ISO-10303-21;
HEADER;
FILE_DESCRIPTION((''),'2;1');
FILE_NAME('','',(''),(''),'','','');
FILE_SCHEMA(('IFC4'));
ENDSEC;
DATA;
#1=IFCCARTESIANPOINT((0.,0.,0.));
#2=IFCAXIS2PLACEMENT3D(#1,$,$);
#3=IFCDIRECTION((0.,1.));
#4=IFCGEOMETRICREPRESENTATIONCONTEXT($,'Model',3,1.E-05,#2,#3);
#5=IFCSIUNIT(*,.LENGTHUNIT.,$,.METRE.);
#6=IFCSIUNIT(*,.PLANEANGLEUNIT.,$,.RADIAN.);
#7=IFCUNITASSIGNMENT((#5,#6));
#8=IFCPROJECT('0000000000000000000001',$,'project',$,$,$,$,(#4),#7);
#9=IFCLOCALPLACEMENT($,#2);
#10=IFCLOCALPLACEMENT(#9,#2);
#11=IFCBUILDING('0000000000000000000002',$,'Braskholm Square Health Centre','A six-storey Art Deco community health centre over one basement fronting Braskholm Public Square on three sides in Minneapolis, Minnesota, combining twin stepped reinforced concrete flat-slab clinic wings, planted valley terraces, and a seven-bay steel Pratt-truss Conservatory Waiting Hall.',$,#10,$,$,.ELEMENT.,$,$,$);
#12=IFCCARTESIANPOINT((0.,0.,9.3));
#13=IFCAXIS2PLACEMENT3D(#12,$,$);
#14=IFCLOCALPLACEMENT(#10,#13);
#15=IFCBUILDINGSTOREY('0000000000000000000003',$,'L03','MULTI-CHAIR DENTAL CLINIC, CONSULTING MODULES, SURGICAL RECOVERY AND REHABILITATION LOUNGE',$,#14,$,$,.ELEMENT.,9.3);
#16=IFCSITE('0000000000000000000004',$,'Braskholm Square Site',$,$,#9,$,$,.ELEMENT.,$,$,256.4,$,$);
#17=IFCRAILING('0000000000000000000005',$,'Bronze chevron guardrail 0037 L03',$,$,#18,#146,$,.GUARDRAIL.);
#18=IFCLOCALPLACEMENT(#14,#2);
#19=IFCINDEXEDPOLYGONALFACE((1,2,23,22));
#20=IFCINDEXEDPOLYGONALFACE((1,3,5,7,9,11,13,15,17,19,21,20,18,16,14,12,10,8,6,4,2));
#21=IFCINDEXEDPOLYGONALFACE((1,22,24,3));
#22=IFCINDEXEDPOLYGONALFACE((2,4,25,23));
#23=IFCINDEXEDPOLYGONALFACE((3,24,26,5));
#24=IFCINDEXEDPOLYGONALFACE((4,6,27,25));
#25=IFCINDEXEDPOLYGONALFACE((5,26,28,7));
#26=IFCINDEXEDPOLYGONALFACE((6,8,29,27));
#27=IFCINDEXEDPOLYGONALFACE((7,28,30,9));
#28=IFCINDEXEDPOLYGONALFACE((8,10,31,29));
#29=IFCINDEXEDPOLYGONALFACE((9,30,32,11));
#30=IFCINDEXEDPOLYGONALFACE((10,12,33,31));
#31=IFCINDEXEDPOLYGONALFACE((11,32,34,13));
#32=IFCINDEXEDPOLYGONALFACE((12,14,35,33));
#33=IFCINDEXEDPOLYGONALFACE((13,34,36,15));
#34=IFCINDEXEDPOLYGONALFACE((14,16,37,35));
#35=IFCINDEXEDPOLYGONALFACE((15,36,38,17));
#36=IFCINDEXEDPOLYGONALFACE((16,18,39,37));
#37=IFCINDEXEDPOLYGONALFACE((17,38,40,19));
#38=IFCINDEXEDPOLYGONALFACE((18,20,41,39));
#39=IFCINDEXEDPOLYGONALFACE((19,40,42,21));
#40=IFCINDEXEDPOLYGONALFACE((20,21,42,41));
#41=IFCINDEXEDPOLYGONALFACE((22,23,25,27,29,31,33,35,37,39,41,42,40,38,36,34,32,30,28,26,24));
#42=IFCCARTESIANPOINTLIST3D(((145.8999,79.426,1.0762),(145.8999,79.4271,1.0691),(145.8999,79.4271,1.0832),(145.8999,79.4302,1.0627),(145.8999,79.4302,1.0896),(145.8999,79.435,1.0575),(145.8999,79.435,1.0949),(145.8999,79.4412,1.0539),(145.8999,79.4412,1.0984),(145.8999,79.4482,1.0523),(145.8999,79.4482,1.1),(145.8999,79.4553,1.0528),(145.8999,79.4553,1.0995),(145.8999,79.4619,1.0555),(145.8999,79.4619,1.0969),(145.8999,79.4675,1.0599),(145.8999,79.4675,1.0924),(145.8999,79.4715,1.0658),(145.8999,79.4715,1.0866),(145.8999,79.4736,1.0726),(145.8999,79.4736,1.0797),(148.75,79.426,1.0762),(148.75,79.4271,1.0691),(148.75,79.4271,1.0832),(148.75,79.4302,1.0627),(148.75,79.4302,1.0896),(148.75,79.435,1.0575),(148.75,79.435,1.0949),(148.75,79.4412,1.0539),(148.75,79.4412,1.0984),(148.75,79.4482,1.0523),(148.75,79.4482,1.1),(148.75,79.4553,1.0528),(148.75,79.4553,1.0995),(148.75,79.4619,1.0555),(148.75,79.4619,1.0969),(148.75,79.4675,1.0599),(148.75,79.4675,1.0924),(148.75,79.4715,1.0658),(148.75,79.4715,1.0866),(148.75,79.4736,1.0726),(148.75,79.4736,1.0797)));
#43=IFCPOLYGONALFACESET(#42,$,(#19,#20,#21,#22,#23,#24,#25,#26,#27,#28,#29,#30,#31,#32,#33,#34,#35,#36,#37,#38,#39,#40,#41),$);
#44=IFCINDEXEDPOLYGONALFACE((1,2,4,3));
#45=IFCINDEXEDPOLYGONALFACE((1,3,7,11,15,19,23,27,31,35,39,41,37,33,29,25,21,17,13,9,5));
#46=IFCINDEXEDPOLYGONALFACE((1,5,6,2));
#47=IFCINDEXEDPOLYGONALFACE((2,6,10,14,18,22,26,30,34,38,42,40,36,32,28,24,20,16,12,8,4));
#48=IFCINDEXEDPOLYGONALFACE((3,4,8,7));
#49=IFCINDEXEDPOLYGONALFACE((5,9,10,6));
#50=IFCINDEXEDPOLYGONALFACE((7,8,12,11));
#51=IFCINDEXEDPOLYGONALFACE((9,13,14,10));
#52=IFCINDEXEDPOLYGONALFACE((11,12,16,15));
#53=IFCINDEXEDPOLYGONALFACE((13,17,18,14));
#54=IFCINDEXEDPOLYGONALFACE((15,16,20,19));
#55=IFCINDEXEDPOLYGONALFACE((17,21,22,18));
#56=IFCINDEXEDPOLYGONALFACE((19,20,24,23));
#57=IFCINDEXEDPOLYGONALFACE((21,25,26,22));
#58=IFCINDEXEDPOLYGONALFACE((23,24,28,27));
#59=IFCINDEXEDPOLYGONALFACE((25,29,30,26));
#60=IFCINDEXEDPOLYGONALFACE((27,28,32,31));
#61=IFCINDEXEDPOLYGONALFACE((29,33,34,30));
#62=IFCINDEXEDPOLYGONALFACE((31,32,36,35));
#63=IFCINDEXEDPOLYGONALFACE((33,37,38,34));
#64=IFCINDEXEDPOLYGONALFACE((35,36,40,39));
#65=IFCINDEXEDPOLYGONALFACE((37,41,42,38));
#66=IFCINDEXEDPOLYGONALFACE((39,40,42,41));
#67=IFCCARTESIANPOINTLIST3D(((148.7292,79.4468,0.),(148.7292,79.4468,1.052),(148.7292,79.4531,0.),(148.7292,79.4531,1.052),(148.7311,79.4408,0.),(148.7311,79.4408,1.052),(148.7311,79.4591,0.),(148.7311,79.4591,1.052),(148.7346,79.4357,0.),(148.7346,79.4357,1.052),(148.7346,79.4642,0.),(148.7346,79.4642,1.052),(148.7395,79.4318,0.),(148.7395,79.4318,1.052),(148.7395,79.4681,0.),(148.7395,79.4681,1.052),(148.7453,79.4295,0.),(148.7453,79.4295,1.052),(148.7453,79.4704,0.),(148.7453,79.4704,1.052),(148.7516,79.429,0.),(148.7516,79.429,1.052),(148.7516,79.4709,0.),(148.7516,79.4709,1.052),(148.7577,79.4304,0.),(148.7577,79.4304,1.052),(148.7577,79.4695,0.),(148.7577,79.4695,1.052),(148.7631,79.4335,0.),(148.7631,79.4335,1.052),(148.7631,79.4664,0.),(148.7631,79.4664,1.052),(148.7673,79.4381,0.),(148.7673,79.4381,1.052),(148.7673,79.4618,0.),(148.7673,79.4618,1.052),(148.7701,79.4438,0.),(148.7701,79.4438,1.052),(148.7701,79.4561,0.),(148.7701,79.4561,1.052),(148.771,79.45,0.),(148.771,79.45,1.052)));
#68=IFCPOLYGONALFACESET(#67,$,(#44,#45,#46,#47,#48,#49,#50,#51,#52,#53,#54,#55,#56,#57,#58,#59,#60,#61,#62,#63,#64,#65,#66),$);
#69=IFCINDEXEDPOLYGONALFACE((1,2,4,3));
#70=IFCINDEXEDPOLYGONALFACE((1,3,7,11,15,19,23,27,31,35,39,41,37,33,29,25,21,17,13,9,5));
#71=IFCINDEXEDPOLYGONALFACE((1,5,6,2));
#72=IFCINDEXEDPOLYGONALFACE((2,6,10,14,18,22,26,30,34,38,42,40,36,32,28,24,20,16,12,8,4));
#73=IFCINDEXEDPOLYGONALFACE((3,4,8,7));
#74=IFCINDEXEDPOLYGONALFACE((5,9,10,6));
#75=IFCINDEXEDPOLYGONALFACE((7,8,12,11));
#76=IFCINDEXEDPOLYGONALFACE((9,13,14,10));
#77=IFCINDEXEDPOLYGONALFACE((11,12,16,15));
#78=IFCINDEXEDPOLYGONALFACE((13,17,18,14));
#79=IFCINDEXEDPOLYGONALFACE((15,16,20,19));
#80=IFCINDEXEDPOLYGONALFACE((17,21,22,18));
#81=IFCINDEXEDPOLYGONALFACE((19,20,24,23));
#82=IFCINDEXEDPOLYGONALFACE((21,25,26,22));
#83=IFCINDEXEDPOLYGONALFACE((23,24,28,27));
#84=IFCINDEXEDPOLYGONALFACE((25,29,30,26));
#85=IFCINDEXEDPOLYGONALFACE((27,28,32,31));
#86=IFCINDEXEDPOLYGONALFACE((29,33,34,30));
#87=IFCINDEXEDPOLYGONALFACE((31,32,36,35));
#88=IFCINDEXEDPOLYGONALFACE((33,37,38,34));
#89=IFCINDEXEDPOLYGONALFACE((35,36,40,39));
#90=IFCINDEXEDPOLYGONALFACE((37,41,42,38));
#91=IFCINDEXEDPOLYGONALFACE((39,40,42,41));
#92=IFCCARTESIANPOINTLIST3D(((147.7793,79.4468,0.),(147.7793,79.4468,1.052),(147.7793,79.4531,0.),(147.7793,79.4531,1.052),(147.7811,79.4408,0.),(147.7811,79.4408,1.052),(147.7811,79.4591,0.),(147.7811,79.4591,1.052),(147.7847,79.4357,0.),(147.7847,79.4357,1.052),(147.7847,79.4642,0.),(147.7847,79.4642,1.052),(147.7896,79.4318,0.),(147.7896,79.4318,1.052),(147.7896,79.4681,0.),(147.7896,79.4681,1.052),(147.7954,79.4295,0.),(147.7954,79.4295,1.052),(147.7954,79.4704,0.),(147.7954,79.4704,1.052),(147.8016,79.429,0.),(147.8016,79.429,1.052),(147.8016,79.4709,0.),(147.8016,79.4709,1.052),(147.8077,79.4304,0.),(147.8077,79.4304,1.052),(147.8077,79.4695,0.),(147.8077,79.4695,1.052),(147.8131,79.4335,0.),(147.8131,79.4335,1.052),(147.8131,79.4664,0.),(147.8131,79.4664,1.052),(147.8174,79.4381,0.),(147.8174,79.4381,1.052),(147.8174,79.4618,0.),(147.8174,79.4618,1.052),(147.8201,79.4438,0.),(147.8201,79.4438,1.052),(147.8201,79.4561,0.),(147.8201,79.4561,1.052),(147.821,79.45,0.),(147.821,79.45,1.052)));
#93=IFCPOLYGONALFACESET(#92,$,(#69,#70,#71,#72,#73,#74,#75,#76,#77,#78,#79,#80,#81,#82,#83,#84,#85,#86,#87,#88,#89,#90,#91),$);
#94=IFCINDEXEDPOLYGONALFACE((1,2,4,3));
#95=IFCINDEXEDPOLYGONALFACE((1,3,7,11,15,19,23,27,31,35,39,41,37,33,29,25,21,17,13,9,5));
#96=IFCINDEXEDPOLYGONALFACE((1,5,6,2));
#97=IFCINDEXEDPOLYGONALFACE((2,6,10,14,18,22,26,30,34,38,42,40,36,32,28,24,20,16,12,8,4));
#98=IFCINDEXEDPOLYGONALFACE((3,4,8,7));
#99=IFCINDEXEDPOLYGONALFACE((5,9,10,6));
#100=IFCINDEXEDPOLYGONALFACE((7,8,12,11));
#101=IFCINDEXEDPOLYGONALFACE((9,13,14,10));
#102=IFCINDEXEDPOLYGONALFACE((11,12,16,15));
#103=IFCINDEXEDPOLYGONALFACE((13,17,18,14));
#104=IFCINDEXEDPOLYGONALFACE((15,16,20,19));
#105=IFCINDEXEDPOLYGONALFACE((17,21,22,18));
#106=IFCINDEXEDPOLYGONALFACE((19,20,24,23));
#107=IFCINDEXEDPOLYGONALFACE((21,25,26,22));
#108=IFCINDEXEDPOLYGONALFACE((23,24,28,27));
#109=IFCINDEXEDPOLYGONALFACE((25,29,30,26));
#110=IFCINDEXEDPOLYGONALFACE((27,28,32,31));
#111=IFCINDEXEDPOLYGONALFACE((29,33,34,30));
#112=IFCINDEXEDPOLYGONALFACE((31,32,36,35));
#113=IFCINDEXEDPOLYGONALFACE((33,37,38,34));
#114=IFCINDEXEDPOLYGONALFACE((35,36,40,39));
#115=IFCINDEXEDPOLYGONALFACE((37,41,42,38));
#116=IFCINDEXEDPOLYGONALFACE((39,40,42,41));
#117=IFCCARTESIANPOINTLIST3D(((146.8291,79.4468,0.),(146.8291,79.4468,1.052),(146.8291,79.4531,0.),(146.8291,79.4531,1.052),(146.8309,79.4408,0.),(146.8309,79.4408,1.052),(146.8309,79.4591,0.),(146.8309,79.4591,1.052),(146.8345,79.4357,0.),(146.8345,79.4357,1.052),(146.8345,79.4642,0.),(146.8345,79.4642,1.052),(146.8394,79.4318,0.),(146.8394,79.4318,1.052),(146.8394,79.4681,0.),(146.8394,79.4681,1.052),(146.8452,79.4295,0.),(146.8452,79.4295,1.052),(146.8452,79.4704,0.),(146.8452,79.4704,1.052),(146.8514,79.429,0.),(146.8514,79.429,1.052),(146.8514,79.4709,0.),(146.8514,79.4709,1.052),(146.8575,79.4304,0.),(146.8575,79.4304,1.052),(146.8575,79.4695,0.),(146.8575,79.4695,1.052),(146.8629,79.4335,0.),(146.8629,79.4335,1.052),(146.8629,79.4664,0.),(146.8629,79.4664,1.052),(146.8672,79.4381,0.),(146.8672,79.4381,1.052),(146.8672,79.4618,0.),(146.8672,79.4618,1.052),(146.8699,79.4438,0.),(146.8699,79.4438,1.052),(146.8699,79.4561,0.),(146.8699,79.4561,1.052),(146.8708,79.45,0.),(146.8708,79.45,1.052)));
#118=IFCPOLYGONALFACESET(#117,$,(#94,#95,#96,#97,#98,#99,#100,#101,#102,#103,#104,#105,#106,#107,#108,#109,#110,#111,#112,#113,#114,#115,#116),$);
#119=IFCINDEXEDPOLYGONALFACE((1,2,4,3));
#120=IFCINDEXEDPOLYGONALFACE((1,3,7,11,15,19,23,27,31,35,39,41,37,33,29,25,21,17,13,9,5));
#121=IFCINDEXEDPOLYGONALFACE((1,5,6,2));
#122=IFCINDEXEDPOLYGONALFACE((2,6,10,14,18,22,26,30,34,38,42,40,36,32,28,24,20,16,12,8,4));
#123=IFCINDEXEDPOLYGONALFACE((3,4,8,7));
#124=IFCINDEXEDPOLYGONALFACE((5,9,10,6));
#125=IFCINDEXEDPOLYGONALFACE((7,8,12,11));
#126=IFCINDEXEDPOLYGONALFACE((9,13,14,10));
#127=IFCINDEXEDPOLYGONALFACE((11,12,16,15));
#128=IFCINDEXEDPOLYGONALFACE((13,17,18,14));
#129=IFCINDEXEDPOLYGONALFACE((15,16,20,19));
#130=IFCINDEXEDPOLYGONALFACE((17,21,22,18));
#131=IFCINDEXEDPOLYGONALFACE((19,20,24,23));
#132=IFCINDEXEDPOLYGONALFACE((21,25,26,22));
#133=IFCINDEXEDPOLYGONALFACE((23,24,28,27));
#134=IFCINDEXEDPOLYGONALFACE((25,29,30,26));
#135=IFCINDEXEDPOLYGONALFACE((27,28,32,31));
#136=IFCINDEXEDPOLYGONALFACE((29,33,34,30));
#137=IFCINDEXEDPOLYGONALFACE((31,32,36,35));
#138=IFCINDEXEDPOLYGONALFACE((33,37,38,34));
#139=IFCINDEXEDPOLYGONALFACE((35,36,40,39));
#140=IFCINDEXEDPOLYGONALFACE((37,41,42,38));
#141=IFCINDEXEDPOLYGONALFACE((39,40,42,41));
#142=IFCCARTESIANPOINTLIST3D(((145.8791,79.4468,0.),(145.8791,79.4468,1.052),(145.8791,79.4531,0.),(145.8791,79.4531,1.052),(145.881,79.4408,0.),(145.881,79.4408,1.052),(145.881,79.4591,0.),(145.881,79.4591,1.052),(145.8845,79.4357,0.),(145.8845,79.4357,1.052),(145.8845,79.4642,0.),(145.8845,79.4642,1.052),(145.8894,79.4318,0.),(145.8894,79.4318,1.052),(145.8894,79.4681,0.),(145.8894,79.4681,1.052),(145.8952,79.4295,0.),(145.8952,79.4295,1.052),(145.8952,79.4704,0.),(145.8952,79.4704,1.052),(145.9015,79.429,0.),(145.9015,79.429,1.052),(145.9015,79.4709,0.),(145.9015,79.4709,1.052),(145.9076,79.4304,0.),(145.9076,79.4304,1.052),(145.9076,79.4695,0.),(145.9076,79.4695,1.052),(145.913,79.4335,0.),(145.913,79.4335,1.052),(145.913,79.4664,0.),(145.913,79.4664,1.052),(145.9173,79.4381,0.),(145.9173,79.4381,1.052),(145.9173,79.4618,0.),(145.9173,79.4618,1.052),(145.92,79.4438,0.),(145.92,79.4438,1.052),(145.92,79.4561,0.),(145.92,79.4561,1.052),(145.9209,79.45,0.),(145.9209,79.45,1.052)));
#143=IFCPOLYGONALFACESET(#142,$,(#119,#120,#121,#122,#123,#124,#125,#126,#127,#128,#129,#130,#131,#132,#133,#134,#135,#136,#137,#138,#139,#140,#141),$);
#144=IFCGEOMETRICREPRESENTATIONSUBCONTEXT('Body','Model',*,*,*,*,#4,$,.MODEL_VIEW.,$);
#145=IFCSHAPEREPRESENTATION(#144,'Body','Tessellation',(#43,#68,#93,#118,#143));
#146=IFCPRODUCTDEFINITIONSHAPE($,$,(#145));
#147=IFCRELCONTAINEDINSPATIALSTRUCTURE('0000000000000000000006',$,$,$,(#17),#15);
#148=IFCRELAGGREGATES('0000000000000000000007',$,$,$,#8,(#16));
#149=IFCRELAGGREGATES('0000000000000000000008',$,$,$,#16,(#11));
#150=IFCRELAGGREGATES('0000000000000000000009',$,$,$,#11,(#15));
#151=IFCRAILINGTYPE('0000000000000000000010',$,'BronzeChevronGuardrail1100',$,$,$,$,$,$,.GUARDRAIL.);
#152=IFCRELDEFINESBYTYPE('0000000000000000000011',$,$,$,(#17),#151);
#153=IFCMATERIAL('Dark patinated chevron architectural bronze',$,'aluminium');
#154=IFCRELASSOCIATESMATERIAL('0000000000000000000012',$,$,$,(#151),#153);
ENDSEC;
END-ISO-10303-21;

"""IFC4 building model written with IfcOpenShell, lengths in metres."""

from ifc_helpers import new_model, si_unit, direction, frame, origin, origin_2d, place, context, subcontext, project, spatial, circle, extrude, material, type_object, element, save


model = new_model("IFC4")

# Units and contexts
model_context = context("Model", 3, precision=1e-05, world=origin(), true_north=direction((0.0, 1.0)))
body_context = subcontext(model_context, "Body", "Model", "MODEL_VIEW")
ifc_project = project(units=[si_unit("LENGTHUNIT", "METRE"), si_unit("PLANEANGLEUNIT", "RADIAN")], contexts=[model_context])

# Site, building, storey
site_placement = place(None, origin())
site = spatial("IfcSite", under=ifc_project, at=site_placement, Name="Braskholm Square Site", CompositionType="ELEMENT", RefElevation=256.4)
building_placement = place(site_placement, origin())
building = spatial("IfcBuilding", under=site, at=building_placement, Name="Braskholm Square Health Centre", Description="A six-storey Art Deco community health centre over one basement fronting Braskholm Public Square on three sides in Minneapolis, Minnesota, combining twin stepped reinforced concrete flat-slab clinic wings, planted valley terraces, and a seven-bay steel Pratt-truss Conservatory Waiting Hall.", CompositionType="ELEMENT")
storey_placement = place(building_placement, frame((0.0, 0.0, 9.3)))
storey = spatial("IfcBuildingStorey", under=building, at=storey_placement, Name="L03", Description="MULTI-CHAIR DENTAL CLINIC, CONSULTING MODULES, SURGICAL RECOVERY AND REHABILITATION LOUNGE", CompositionType="ELEMENT", Elevation=9.3)

# Railing
ifc_material_1 = material(Name="Dark patinated chevron architectural bronze", Category="aluminium")
railing_type = type_object("IfcRailingType", Name="BronzeChevronGuardrail1100", PredefinedType="GUARDRAIL", material=ifc_material_1)
railing_1_placement = place(storey_placement, frame((148.75, 79.45, 0.0)))
element("IfcRailing", 1, at=railing_1_placement, inside=storey, type_object=railing_type, Name="Bronze chevron guardrail 0037 L03", PredefinedType="GUARDRAIL", context=body_context, shape_type="SweptSolid", body=[
    extrude(circle(Radius=0.0239, at=origin_2d()), frame((0.0, 0.0, 1.0762), z_axis=(-1.0, 0.0, 0.0), x_axis=(0.0, -1.0, 0.0)), (0.0, 0.0, 1.0), 2.8501),
    extrude(circle(Radius=0.021, at=origin_2d()), origin(), (0.0, 0.0, 1.0), 1.052),
    extrude(circle(Radius=0.021, at=origin_2d()), frame((-0.95, 0.0, 0.0)), (0.0, 0.0, 1.0), 1.052),
    extrude(circle(Radius=0.021, at=origin_2d()), frame((-1.9001, 0.0, 0.0)), (0.0, 0.0, 1.0), 1.052),
    extrude(circle(Radius=0.021, at=origin_2d()), frame((-2.8501, 0.0, 0.0)), (0.0, 0.0, 1.0), 1.052),
])

save(model, "model.ifc")
